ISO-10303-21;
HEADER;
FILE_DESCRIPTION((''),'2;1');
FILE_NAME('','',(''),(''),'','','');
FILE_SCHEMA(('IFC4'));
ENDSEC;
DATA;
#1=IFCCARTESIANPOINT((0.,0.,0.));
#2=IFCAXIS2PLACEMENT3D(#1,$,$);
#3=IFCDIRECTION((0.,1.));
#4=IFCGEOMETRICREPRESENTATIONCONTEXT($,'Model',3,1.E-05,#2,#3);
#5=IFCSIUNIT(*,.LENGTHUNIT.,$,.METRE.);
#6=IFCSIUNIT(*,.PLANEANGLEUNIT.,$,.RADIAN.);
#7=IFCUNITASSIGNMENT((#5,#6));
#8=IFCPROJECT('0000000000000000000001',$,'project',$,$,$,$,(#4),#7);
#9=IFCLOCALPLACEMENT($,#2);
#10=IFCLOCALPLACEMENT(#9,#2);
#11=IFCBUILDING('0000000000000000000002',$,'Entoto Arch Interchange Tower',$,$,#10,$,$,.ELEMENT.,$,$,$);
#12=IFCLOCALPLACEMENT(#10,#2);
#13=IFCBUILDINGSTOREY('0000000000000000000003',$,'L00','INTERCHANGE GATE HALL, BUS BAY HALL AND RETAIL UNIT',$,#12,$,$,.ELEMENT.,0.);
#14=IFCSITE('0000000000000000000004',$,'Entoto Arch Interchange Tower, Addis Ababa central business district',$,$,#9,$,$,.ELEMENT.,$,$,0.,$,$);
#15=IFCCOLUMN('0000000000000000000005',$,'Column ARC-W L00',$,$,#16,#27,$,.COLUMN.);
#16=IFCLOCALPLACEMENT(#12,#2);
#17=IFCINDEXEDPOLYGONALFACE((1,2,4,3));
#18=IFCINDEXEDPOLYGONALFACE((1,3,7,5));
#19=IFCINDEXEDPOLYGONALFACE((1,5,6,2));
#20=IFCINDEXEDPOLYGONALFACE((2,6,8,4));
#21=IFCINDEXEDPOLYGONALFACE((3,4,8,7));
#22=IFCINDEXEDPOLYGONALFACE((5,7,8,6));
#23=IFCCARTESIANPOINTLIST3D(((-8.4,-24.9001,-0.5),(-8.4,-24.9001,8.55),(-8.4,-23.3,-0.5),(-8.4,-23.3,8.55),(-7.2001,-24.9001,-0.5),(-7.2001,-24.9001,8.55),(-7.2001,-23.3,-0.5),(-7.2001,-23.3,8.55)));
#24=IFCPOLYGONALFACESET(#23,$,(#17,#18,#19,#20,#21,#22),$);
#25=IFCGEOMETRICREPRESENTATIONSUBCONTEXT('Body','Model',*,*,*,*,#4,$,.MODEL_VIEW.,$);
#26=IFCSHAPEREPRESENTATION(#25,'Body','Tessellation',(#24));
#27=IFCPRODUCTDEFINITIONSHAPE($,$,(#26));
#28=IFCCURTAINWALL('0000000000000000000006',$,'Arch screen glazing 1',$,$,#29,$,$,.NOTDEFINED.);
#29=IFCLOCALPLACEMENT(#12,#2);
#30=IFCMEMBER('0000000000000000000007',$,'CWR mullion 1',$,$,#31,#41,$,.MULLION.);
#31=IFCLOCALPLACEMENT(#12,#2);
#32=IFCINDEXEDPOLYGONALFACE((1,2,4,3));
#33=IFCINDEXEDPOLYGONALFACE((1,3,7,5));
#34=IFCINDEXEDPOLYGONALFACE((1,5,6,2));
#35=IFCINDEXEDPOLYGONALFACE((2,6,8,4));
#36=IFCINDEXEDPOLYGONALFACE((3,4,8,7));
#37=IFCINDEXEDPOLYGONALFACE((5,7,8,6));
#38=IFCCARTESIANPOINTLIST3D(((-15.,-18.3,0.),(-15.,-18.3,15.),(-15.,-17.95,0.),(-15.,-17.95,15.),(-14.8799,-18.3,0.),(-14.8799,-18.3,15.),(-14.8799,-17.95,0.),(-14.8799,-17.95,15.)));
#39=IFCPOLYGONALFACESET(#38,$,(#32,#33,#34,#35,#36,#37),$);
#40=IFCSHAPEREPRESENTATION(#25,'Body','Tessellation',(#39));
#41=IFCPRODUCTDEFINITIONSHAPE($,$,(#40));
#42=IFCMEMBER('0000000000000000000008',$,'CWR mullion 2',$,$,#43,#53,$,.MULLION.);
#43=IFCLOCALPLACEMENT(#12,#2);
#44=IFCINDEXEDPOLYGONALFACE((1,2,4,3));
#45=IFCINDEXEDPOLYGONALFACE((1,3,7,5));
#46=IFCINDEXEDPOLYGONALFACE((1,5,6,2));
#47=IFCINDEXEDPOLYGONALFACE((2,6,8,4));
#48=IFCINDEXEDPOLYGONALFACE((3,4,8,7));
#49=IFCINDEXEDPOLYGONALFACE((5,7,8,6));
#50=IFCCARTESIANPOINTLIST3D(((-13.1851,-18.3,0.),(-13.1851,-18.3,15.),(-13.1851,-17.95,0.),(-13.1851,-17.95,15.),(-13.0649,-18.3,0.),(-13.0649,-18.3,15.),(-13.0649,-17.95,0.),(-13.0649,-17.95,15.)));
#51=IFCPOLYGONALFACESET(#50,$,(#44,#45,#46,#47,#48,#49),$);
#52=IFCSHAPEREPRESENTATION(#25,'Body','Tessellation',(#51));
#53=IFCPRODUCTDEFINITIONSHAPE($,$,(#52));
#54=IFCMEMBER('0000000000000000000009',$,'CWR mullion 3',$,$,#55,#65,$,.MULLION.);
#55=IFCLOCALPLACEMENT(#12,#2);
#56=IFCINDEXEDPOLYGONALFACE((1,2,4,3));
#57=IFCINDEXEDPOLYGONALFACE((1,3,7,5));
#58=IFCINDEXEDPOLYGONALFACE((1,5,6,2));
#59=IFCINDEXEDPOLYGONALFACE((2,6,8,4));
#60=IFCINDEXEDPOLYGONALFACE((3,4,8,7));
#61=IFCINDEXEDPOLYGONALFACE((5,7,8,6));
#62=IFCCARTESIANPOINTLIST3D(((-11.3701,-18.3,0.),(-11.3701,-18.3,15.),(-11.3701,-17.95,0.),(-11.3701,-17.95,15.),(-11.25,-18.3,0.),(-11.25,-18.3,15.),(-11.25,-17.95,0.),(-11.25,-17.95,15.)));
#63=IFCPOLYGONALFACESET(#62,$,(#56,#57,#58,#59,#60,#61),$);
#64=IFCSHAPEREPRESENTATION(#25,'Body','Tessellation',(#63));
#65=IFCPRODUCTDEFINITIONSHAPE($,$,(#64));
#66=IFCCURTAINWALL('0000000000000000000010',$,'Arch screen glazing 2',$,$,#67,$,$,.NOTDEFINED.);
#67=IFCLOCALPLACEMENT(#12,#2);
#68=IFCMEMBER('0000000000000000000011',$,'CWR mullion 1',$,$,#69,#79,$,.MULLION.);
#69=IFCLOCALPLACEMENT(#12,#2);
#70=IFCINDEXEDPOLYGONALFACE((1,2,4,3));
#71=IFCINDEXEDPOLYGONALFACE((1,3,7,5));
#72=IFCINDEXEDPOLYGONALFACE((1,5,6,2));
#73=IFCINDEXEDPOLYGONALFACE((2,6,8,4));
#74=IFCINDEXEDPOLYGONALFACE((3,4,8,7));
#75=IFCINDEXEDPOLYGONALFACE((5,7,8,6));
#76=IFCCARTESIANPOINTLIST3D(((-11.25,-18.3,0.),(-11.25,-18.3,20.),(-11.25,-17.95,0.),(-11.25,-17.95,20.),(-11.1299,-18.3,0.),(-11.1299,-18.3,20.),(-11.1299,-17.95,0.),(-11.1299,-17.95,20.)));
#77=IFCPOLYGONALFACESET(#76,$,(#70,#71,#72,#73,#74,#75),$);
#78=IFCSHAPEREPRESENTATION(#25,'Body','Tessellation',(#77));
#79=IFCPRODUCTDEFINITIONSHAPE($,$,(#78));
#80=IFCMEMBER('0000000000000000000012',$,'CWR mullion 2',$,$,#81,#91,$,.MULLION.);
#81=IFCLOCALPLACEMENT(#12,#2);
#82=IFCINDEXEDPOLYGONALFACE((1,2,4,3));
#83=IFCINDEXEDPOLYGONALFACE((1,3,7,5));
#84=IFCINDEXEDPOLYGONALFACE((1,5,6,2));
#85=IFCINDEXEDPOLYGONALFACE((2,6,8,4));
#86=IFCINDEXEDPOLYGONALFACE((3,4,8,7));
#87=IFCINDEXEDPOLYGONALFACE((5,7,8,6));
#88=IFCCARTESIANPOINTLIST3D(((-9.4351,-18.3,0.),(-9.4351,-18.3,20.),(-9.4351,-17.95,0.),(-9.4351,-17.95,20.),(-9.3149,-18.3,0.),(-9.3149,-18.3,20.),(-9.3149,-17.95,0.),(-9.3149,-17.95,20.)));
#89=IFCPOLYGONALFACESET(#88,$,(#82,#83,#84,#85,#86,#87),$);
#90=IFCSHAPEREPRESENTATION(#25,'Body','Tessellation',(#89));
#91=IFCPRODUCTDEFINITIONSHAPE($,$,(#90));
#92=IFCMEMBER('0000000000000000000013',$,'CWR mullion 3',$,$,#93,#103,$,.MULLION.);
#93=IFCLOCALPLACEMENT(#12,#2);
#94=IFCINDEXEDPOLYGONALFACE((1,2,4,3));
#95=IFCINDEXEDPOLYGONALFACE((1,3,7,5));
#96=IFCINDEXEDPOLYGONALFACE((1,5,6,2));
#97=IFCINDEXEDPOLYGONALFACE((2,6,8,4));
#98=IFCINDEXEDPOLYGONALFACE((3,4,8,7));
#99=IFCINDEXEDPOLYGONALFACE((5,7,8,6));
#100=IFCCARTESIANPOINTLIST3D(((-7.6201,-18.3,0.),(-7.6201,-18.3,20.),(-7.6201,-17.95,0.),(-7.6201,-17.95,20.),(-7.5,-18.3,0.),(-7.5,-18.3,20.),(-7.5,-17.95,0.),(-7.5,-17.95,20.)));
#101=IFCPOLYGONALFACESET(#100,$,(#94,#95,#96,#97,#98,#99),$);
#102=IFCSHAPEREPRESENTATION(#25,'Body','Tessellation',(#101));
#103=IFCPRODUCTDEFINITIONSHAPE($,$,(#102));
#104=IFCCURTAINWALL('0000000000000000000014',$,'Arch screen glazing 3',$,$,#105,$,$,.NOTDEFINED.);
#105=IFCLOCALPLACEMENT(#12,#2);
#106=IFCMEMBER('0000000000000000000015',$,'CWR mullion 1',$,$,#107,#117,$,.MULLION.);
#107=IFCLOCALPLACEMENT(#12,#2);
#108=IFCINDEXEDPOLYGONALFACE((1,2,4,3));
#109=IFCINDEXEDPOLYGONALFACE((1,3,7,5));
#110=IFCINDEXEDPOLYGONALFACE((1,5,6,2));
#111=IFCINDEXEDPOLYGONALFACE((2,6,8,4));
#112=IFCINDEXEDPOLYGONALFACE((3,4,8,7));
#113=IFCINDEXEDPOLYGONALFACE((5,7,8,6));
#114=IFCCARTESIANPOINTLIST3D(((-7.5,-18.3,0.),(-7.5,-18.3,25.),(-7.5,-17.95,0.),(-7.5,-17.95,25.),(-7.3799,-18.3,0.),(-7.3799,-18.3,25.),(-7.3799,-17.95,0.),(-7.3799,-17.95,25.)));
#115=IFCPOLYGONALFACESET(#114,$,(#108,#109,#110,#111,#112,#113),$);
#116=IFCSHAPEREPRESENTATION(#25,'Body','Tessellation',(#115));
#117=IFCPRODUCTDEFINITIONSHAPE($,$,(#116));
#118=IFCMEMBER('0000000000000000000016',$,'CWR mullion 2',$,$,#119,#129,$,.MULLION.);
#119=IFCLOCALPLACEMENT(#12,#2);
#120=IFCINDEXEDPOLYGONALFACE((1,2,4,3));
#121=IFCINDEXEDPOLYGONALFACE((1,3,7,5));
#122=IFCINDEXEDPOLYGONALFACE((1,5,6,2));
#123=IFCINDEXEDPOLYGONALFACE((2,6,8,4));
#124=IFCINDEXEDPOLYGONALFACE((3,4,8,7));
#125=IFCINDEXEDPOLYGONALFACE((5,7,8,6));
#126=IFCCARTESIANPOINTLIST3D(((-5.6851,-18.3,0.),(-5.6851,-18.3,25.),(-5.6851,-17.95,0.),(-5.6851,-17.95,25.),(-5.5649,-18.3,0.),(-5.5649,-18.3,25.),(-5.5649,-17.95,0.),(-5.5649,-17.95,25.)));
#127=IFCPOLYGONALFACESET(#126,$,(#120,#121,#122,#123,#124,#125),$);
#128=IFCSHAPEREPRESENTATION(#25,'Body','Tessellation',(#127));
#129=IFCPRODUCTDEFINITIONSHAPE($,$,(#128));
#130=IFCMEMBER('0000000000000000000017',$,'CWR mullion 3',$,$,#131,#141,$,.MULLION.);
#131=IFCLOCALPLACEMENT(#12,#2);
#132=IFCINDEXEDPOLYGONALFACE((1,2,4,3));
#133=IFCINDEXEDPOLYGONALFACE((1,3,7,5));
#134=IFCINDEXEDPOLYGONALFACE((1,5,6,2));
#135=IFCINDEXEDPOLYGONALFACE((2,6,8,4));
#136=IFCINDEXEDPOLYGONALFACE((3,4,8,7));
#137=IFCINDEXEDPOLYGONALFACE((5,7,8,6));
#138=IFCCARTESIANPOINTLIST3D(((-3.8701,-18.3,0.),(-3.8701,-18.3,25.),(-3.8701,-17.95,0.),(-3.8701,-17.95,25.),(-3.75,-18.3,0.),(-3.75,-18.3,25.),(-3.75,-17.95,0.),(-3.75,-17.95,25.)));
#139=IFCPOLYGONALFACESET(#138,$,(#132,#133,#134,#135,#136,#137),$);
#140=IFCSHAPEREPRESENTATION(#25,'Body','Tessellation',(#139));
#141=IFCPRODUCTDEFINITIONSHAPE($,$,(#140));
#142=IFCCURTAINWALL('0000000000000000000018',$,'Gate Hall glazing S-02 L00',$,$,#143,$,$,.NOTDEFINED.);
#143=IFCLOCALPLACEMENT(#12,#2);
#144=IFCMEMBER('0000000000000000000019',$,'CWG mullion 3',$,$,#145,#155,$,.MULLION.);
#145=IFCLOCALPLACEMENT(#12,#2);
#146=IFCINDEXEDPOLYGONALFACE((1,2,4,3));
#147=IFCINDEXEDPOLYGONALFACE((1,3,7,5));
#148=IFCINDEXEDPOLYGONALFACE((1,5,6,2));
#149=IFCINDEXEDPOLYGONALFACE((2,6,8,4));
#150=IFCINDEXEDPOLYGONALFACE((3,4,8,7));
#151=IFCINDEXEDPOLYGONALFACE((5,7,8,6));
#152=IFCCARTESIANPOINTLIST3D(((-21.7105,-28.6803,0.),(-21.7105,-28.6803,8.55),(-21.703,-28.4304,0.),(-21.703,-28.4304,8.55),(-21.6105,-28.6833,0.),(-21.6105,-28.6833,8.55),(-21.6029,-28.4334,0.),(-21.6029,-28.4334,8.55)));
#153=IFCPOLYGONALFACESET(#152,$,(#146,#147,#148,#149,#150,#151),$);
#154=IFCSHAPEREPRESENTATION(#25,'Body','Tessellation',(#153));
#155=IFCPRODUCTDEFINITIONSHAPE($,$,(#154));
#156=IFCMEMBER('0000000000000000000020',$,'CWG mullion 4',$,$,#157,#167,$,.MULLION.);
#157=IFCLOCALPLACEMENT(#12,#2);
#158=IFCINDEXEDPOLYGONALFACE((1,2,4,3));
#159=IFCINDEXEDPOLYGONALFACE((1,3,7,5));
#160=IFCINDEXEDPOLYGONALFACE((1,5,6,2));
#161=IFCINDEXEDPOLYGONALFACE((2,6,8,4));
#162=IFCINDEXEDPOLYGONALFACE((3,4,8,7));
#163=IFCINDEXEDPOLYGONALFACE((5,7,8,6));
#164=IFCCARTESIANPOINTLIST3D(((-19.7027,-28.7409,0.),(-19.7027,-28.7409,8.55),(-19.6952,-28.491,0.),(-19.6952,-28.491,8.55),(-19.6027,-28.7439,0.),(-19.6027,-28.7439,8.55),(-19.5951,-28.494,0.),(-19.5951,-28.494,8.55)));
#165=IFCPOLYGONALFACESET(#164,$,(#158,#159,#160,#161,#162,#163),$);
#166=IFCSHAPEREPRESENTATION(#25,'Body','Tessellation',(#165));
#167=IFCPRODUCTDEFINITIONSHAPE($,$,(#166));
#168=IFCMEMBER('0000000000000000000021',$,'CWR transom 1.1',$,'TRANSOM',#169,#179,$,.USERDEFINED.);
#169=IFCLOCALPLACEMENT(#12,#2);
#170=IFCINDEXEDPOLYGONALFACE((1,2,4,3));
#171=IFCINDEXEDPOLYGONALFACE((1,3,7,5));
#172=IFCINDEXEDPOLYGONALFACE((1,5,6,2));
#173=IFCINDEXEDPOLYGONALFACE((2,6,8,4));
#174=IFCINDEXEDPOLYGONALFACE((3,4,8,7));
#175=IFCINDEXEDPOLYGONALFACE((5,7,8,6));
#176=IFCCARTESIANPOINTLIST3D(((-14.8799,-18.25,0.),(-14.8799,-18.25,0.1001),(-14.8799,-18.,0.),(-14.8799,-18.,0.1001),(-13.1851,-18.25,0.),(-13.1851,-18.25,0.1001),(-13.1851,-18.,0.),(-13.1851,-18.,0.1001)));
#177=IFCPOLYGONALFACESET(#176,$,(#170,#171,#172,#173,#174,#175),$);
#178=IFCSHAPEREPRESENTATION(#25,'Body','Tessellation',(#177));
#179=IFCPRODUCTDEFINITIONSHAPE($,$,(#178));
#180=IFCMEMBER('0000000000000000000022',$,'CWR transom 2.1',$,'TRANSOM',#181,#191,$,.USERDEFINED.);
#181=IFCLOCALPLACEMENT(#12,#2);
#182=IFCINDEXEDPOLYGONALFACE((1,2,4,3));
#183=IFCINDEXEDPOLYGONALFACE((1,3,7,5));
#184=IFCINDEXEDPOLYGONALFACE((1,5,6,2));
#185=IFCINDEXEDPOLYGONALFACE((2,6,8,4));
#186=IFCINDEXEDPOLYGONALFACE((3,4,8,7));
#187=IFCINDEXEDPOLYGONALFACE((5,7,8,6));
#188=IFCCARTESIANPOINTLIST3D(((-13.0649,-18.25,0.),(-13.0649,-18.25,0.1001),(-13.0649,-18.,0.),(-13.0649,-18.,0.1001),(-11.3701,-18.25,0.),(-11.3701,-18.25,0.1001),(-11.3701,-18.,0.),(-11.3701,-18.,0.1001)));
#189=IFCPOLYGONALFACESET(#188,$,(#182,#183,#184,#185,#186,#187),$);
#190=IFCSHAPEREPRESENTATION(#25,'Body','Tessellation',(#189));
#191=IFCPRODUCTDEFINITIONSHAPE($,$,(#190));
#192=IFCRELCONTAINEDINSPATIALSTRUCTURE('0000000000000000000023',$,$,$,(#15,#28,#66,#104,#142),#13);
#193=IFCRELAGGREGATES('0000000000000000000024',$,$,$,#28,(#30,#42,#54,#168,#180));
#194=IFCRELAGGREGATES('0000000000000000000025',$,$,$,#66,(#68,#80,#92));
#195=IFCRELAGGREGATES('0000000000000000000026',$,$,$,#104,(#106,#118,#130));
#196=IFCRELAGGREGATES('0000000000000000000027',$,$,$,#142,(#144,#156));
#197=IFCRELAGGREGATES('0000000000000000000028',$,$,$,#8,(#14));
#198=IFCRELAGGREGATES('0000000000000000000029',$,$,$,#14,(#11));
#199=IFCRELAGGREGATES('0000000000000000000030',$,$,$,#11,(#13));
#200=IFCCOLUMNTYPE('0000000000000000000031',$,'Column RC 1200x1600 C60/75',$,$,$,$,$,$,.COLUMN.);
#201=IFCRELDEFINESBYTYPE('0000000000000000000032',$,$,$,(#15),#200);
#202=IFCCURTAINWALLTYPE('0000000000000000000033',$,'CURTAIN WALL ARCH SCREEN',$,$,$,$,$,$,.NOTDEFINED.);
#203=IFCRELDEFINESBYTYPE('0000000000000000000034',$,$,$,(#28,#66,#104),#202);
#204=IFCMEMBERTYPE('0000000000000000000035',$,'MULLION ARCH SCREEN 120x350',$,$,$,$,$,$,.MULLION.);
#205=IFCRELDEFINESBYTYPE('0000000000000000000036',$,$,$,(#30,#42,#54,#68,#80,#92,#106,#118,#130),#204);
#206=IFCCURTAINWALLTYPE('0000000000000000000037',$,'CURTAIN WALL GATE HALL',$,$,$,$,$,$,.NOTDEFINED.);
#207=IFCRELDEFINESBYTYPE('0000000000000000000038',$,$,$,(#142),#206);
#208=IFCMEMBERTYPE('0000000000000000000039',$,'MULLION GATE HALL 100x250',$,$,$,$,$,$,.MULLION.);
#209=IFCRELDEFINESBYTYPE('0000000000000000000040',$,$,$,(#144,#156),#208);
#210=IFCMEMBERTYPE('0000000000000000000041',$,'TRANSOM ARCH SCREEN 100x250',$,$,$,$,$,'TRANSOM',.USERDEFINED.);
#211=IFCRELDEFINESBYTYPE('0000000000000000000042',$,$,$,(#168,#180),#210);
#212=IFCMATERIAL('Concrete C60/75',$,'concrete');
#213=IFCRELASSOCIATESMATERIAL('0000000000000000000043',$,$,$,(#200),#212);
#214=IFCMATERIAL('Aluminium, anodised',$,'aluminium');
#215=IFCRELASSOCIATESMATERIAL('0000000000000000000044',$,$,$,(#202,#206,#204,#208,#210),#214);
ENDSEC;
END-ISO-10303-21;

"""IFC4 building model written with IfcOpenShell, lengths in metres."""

from ifc_helpers import new_model, si_unit, direction, frame, origin, origin_2d, place, context, subcontext, project, spatial, rectangle, extrude, material, material_profile, profile_set, type_object, element, aggregate, save


model = new_model("IFC4")

# Units and contexts
model_context = context("Model", 3, precision=1e-05, world=origin(), true_north=direction((0.0, 1.0)))
body_context = subcontext(model_context, "Body", "Model", "MODEL_VIEW")
ifc_project = project(units=[si_unit("LENGTHUNIT", "METRE"), si_unit("PLANEANGLEUNIT", "RADIAN")], contexts=[model_context])

# Site, building, storey
site_placement = place(None, origin())
site = spatial("IfcSite", under=ifc_project, at=site_placement, Name="Entoto Arch Interchange Tower, Addis Ababa central business district", CompositionType="ELEMENT", RefElevation=0.0)
building_placement = place(site_placement, origin())
building = spatial("IfcBuilding", under=site, at=building_placement, Name="Entoto Arch Interchange Tower", CompositionType="ELEMENT")
storey_placement = place(building_placement, origin())
storey = spatial("IfcBuildingStorey", under=building, at=storey_placement, Name="L00", Description="INTERCHANGE GATE HALL, BUS BAY HALL AND RETAIL UNIT", CompositionType="ELEMENT", Elevation=0.0)

# Column
ifc_material_1 = material(Name="Concrete C60/75", Category="concrete")
ifc_material_profile_1 = material_profile(ifc_material_1, rectangle(XDim=1.2, YDim=1.6001, at=origin_2d()))
ifc_profile_set_1 = profile_set([ifc_material_profile_1], Name="Concrete C60/75")
column_type = type_object("IfcColumnType", Name="Column RC 1200x1600 C60/75", PredefinedType="COLUMN", material=ifc_profile_set_1)
column_placement = place(storey_placement, frame((-7.8, -24.1001, -0.5), z_axis=(0.0, 0.0, 1.0), x_axis=(1.0, 0.0, 0.0)))
element("IfcColumn", 1, at=column_placement, inside=storey, type_object=column_type, Name="Column ARC-W L00", PredefinedType="COLUMN", context=body_context, shape_type="SweptSolid", body=[
    extrude(rectangle(XDim=1.2, YDim=1.6001, at=origin_2d()), origin(), (0.0, 0.0, 1.0), 9.05),
])

# Curtain walls, members
ifc_material_2 = material(Name="Aluminium, anodised", Category="aluminium")
curtain_wall_type_1 = type_object("IfcCurtainWallType", Name="CURTAIN WALL ARCH SCREEN", PredefinedType="NOTDEFINED", material=ifc_material_2)
curtain_wall_1_placement = place(storey_placement, origin())
curtain_wall_1 = element("IfcCurtainWall", 2, at=curtain_wall_1_placement, inside=storey, type_object=curtain_wall_type_1, Name="Arch screen glazing 1", PredefinedType="NOTDEFINED")
ifc_material_profile_2 = material_profile(ifc_material_2, rectangle(XDim=0.3501, YDim=0.1201, at=origin_2d()))
ifc_profile_set_2 = profile_set([ifc_material_profile_2], Name="Aluminium, anodised")
member_type_1 = type_object("IfcMemberType", Name="MULLION ARCH SCREEN 120x350", PredefinedType="MULLION", material=ifc_profile_set_2)
member_1_placement = place(storey_placement, frame((-14.9399, -18.125, 0.0), z_axis=(0.0, 0.0, 1.0), x_axis=(0.0, 1.0, 0.0)))
member_1 = element("IfcMember", 3, at=member_1_placement, type_object=member_type_1, Name="CWR mullion 1", PredefinedType="MULLION", context=body_context, shape_type="SweptSolid", body=[
    extrude(rectangle(XDim=0.3501, YDim=0.1201, at=origin_2d()), origin(), (0.0, 0.0, 1.0), 15.0),
])
member_2_placement = place(storey_placement, frame((-13.125, -18.125, 0.0), z_axis=(0.0, 0.0, 1.0), x_axis=(0.0, 1.0, 0.0)))
member_2 = element("IfcMember", 4, at=member_2_placement, type_object=member_type_1, Name="CWR mullion 2", PredefinedType="MULLION", context=body_context, shape_type="SweptSolid", body=[
    extrude(rectangle(XDim=0.3501, YDim=0.1201, at=origin_2d()), origin(), (0.0, 0.0, 1.0), 15.0),
])
member_3_placement = place(storey_placement, frame((-11.3101, -18.125, 0.0), z_axis=(0.0, 0.0, 1.0), x_axis=(0.0, 1.0, 0.0)))
member_3 = element("IfcMember", 5, at=member_3_placement, type_object=member_type_1, Name="CWR mullion 3", PredefinedType="MULLION", context=body_context, shape_type="SweptSolid", body=[
    extrude(rectangle(XDim=0.3501, YDim=0.1201, at=origin_2d()), origin(), (0.0, 0.0, 1.0), 15.0),
])
curtain_wall_2_placement = place(storey_placement, origin())
curtain_wall_2 = element("IfcCurtainWall", 6, at=curtain_wall_2_placement, inside=storey, type_object=curtain_wall_type_1, Name="Arch screen glazing 2", PredefinedType="NOTDEFINED")
member_4_placement = place(storey_placement, frame((-11.1899, -18.125, 0.0), z_axis=(0.0, 0.0, 1.0), x_axis=(0.0, 1.0, 0.0)))
member_4 = element("IfcMember", 7, at=member_4_placement, type_object=member_type_1, Name="CWR mullion 1", PredefinedType="MULLION", context=body_context, shape_type="SweptSolid", body=[
    extrude(rectangle(XDim=0.3501, YDim=0.1201, at=origin_2d()), origin(), (0.0, 0.0, 1.0), 20.0),
])
member_5_placement = place(storey_placement, frame((-9.375, -18.125, 0.0), z_axis=(0.0, 0.0, 1.0), x_axis=(0.0, 1.0, 0.0)))
member_5 = element("IfcMember", 8, at=member_5_placement, type_object=member_type_1, Name="CWR mullion 2", PredefinedType="MULLION", context=body_context, shape_type="SweptSolid", body=[
    extrude(rectangle(XDim=0.3501, YDim=0.1201, at=origin_2d()), origin(), (0.0, 0.0, 1.0), 20.0),
])
member_6_placement = place(storey_placement, frame((-7.5601, -18.125, 0.0), z_axis=(0.0, 0.0, 1.0), x_axis=(0.0, 1.0, 0.0)))
member_6 = element("IfcMember", 9, at=member_6_placement, type_object=member_type_1, Name="CWR mullion 3", PredefinedType="MULLION", context=body_context, shape_type="SweptSolid", body=[
    extrude(rectangle(XDim=0.3501, YDim=0.1201, at=origin_2d()), origin(), (0.0, 0.0, 1.0), 20.0),
])
curtain_wall_3_placement = place(storey_placement, origin())
curtain_wall_3 = element("IfcCurtainWall", 10, at=curtain_wall_3_placement, inside=storey, type_object=curtain_wall_type_1, Name="Arch screen glazing 3", PredefinedType="NOTDEFINED")
member_7_placement = place(storey_placement, frame((-7.4399, -18.125, 0.0), z_axis=(0.0, 0.0, 1.0), x_axis=(0.0, 1.0, 0.0)))
member_7 = element("IfcMember", 11, at=member_7_placement, type_object=member_type_1, Name="CWR mullion 1", PredefinedType="MULLION", context=body_context, shape_type="SweptSolid", body=[
    extrude(rectangle(XDim=0.3501, YDim=0.1201, at=origin_2d()), origin(), (0.0, 0.0, 1.0), 25.0),
])
member_8_placement = place(storey_placement, frame((-5.625, -18.125, 0.0), z_axis=(0.0, 0.0, 1.0), x_axis=(0.0, 1.0, 0.0)))
member_8 = element("IfcMember", 12, at=member_8_placement, type_object=member_type_1, Name="CWR mullion 2", PredefinedType="MULLION", context=body_context, shape_type="SweptSolid", body=[
    extrude(rectangle(XDim=0.3501, YDim=0.1201, at=origin_2d()), origin(), (0.0, 0.0, 1.0), 25.0),
])
member_9_placement = place(storey_placement, frame((-3.8101, -18.125, 0.0), z_axis=(0.0, 0.0, 1.0), x_axis=(0.0, 1.0, 0.0)))
member_9 = element("IfcMember", 13, at=member_9_placement, type_object=member_type_1, Name="CWR mullion 3", PredefinedType="MULLION", context=body_context, shape_type="SweptSolid", body=[
    extrude(rectangle(XDim=0.3501, YDim=0.1201, at=origin_2d()), origin(), (0.0, 0.0, 1.0), 25.0),
])
curtain_wall_type_2 = type_object("IfcCurtainWallType", Name="CURTAIN WALL GATE HALL", PredefinedType="NOTDEFINED", material=ifc_material_2)
curtain_wall_4_placement = place(storey_placement, origin())
curtain_wall_4 = element("IfcCurtainWall", 14, at=curtain_wall_4_placement, inside=storey, type_object=curtain_wall_type_2, Name="Gate Hall glazing S-02 L00", PredefinedType="NOTDEFINED")
ifc_material_profile_3 = material_profile(ifc_material_2, rectangle(XDim=0.25, YDim=0.1001, at=origin_2d()))
ifc_profile_set_3 = profile_set([ifc_material_profile_3], Name="Aluminium, anodised")
member_type_2 = type_object("IfcMemberType", Name="MULLION GATE HALL 100x250", PredefinedType="MULLION", material=ifc_profile_set_3)
member_10_placement = place(storey_placement, frame((-21.6567, -28.5569, 0.0), z_axis=(0.0, 0.0, 1.0), x_axis=(0.030118, 0.999546, 0.0)))
member_10 = element("IfcMember", 15, at=member_10_placement, type_object=member_type_2, Name="CWG mullion 3", PredefinedType="MULLION", context=body_context, shape_type="SweptSolid", body=[
    extrude(rectangle(XDim=0.25, YDim=0.1001, at=origin_2d()), origin(), (0.0, 0.0, 1.0), 8.55),
])
member_11_placement = place(storey_placement, frame((-19.6489, -28.6174, 0.0), z_axis=(0.0, 0.0, 1.0), x_axis=(0.030118, 0.999546, 0.0)))
member_11 = element("IfcMember", 16, at=member_11_placement, type_object=member_type_2, Name="CWG mullion 4", PredefinedType="MULLION", context=body_context, shape_type="SweptSolid", body=[
    extrude(rectangle(XDim=0.25, YDim=0.1001, at=origin_2d()), origin(), (0.0, 0.0, 1.0), 8.55),
])

# Members
ifc_material_profile_4 = material_profile(ifc_material_2, rectangle(XDim=0.25, YDim=0.1001, at=origin_2d()))
ifc_profile_set_4 = profile_set([ifc_material_profile_4], Name="Aluminium, anodised")
member_type_3 = type_object("IfcMemberType", Name="TRANSOM ARCH SCREEN 100x250", ElementType="TRANSOM", PredefinedType="USERDEFINED", material=ifc_profile_set_4)
member_12_placement = place(storey_placement, frame((-14.8799, -18.125, 0.05), z_axis=(1.0, 0.0, 0.0), x_axis=(0.0, 1.0, 0.0)))
member_12 = element("IfcMember", 17, at=member_12_placement, type_object=member_type_3, Name="CWR transom 1.1", ObjectType="TRANSOM", PredefinedType="USERDEFINED", context=body_context, shape_type="SweptSolid", body=[
    extrude(rectangle(XDim=0.25, YDim=0.1001, at=origin_2d()), origin(), (0.0, 0.0, 1.0), 1.6948),
])
member_13_placement = place(storey_placement, frame((-13.0649, -18.125, 0.05), z_axis=(1.0, 0.0, 0.0), x_axis=(0.0, 1.0, 0.0)))
member_13 = element("IfcMember", 18, at=member_13_placement, type_object=member_type_3, Name="CWR transom 2.1", ObjectType="TRANSOM", PredefinedType="USERDEFINED", context=body_context, shape_type="SweptSolid", body=[
    extrude(rectangle(XDim=0.25, YDim=0.1001, at=origin_2d()), origin(), (0.0, 0.0, 1.0), 1.6948),
])

aggregate(curtain_wall_1, [member_1, member_2, member_3, member_12, member_13])
aggregate(curtain_wall_2, [member_4, member_5, member_6])
aggregate(curtain_wall_3, [member_7, member_8, member_9])
aggregate(curtain_wall_4, [member_10, member_11])

save(model, "model.ifc")
